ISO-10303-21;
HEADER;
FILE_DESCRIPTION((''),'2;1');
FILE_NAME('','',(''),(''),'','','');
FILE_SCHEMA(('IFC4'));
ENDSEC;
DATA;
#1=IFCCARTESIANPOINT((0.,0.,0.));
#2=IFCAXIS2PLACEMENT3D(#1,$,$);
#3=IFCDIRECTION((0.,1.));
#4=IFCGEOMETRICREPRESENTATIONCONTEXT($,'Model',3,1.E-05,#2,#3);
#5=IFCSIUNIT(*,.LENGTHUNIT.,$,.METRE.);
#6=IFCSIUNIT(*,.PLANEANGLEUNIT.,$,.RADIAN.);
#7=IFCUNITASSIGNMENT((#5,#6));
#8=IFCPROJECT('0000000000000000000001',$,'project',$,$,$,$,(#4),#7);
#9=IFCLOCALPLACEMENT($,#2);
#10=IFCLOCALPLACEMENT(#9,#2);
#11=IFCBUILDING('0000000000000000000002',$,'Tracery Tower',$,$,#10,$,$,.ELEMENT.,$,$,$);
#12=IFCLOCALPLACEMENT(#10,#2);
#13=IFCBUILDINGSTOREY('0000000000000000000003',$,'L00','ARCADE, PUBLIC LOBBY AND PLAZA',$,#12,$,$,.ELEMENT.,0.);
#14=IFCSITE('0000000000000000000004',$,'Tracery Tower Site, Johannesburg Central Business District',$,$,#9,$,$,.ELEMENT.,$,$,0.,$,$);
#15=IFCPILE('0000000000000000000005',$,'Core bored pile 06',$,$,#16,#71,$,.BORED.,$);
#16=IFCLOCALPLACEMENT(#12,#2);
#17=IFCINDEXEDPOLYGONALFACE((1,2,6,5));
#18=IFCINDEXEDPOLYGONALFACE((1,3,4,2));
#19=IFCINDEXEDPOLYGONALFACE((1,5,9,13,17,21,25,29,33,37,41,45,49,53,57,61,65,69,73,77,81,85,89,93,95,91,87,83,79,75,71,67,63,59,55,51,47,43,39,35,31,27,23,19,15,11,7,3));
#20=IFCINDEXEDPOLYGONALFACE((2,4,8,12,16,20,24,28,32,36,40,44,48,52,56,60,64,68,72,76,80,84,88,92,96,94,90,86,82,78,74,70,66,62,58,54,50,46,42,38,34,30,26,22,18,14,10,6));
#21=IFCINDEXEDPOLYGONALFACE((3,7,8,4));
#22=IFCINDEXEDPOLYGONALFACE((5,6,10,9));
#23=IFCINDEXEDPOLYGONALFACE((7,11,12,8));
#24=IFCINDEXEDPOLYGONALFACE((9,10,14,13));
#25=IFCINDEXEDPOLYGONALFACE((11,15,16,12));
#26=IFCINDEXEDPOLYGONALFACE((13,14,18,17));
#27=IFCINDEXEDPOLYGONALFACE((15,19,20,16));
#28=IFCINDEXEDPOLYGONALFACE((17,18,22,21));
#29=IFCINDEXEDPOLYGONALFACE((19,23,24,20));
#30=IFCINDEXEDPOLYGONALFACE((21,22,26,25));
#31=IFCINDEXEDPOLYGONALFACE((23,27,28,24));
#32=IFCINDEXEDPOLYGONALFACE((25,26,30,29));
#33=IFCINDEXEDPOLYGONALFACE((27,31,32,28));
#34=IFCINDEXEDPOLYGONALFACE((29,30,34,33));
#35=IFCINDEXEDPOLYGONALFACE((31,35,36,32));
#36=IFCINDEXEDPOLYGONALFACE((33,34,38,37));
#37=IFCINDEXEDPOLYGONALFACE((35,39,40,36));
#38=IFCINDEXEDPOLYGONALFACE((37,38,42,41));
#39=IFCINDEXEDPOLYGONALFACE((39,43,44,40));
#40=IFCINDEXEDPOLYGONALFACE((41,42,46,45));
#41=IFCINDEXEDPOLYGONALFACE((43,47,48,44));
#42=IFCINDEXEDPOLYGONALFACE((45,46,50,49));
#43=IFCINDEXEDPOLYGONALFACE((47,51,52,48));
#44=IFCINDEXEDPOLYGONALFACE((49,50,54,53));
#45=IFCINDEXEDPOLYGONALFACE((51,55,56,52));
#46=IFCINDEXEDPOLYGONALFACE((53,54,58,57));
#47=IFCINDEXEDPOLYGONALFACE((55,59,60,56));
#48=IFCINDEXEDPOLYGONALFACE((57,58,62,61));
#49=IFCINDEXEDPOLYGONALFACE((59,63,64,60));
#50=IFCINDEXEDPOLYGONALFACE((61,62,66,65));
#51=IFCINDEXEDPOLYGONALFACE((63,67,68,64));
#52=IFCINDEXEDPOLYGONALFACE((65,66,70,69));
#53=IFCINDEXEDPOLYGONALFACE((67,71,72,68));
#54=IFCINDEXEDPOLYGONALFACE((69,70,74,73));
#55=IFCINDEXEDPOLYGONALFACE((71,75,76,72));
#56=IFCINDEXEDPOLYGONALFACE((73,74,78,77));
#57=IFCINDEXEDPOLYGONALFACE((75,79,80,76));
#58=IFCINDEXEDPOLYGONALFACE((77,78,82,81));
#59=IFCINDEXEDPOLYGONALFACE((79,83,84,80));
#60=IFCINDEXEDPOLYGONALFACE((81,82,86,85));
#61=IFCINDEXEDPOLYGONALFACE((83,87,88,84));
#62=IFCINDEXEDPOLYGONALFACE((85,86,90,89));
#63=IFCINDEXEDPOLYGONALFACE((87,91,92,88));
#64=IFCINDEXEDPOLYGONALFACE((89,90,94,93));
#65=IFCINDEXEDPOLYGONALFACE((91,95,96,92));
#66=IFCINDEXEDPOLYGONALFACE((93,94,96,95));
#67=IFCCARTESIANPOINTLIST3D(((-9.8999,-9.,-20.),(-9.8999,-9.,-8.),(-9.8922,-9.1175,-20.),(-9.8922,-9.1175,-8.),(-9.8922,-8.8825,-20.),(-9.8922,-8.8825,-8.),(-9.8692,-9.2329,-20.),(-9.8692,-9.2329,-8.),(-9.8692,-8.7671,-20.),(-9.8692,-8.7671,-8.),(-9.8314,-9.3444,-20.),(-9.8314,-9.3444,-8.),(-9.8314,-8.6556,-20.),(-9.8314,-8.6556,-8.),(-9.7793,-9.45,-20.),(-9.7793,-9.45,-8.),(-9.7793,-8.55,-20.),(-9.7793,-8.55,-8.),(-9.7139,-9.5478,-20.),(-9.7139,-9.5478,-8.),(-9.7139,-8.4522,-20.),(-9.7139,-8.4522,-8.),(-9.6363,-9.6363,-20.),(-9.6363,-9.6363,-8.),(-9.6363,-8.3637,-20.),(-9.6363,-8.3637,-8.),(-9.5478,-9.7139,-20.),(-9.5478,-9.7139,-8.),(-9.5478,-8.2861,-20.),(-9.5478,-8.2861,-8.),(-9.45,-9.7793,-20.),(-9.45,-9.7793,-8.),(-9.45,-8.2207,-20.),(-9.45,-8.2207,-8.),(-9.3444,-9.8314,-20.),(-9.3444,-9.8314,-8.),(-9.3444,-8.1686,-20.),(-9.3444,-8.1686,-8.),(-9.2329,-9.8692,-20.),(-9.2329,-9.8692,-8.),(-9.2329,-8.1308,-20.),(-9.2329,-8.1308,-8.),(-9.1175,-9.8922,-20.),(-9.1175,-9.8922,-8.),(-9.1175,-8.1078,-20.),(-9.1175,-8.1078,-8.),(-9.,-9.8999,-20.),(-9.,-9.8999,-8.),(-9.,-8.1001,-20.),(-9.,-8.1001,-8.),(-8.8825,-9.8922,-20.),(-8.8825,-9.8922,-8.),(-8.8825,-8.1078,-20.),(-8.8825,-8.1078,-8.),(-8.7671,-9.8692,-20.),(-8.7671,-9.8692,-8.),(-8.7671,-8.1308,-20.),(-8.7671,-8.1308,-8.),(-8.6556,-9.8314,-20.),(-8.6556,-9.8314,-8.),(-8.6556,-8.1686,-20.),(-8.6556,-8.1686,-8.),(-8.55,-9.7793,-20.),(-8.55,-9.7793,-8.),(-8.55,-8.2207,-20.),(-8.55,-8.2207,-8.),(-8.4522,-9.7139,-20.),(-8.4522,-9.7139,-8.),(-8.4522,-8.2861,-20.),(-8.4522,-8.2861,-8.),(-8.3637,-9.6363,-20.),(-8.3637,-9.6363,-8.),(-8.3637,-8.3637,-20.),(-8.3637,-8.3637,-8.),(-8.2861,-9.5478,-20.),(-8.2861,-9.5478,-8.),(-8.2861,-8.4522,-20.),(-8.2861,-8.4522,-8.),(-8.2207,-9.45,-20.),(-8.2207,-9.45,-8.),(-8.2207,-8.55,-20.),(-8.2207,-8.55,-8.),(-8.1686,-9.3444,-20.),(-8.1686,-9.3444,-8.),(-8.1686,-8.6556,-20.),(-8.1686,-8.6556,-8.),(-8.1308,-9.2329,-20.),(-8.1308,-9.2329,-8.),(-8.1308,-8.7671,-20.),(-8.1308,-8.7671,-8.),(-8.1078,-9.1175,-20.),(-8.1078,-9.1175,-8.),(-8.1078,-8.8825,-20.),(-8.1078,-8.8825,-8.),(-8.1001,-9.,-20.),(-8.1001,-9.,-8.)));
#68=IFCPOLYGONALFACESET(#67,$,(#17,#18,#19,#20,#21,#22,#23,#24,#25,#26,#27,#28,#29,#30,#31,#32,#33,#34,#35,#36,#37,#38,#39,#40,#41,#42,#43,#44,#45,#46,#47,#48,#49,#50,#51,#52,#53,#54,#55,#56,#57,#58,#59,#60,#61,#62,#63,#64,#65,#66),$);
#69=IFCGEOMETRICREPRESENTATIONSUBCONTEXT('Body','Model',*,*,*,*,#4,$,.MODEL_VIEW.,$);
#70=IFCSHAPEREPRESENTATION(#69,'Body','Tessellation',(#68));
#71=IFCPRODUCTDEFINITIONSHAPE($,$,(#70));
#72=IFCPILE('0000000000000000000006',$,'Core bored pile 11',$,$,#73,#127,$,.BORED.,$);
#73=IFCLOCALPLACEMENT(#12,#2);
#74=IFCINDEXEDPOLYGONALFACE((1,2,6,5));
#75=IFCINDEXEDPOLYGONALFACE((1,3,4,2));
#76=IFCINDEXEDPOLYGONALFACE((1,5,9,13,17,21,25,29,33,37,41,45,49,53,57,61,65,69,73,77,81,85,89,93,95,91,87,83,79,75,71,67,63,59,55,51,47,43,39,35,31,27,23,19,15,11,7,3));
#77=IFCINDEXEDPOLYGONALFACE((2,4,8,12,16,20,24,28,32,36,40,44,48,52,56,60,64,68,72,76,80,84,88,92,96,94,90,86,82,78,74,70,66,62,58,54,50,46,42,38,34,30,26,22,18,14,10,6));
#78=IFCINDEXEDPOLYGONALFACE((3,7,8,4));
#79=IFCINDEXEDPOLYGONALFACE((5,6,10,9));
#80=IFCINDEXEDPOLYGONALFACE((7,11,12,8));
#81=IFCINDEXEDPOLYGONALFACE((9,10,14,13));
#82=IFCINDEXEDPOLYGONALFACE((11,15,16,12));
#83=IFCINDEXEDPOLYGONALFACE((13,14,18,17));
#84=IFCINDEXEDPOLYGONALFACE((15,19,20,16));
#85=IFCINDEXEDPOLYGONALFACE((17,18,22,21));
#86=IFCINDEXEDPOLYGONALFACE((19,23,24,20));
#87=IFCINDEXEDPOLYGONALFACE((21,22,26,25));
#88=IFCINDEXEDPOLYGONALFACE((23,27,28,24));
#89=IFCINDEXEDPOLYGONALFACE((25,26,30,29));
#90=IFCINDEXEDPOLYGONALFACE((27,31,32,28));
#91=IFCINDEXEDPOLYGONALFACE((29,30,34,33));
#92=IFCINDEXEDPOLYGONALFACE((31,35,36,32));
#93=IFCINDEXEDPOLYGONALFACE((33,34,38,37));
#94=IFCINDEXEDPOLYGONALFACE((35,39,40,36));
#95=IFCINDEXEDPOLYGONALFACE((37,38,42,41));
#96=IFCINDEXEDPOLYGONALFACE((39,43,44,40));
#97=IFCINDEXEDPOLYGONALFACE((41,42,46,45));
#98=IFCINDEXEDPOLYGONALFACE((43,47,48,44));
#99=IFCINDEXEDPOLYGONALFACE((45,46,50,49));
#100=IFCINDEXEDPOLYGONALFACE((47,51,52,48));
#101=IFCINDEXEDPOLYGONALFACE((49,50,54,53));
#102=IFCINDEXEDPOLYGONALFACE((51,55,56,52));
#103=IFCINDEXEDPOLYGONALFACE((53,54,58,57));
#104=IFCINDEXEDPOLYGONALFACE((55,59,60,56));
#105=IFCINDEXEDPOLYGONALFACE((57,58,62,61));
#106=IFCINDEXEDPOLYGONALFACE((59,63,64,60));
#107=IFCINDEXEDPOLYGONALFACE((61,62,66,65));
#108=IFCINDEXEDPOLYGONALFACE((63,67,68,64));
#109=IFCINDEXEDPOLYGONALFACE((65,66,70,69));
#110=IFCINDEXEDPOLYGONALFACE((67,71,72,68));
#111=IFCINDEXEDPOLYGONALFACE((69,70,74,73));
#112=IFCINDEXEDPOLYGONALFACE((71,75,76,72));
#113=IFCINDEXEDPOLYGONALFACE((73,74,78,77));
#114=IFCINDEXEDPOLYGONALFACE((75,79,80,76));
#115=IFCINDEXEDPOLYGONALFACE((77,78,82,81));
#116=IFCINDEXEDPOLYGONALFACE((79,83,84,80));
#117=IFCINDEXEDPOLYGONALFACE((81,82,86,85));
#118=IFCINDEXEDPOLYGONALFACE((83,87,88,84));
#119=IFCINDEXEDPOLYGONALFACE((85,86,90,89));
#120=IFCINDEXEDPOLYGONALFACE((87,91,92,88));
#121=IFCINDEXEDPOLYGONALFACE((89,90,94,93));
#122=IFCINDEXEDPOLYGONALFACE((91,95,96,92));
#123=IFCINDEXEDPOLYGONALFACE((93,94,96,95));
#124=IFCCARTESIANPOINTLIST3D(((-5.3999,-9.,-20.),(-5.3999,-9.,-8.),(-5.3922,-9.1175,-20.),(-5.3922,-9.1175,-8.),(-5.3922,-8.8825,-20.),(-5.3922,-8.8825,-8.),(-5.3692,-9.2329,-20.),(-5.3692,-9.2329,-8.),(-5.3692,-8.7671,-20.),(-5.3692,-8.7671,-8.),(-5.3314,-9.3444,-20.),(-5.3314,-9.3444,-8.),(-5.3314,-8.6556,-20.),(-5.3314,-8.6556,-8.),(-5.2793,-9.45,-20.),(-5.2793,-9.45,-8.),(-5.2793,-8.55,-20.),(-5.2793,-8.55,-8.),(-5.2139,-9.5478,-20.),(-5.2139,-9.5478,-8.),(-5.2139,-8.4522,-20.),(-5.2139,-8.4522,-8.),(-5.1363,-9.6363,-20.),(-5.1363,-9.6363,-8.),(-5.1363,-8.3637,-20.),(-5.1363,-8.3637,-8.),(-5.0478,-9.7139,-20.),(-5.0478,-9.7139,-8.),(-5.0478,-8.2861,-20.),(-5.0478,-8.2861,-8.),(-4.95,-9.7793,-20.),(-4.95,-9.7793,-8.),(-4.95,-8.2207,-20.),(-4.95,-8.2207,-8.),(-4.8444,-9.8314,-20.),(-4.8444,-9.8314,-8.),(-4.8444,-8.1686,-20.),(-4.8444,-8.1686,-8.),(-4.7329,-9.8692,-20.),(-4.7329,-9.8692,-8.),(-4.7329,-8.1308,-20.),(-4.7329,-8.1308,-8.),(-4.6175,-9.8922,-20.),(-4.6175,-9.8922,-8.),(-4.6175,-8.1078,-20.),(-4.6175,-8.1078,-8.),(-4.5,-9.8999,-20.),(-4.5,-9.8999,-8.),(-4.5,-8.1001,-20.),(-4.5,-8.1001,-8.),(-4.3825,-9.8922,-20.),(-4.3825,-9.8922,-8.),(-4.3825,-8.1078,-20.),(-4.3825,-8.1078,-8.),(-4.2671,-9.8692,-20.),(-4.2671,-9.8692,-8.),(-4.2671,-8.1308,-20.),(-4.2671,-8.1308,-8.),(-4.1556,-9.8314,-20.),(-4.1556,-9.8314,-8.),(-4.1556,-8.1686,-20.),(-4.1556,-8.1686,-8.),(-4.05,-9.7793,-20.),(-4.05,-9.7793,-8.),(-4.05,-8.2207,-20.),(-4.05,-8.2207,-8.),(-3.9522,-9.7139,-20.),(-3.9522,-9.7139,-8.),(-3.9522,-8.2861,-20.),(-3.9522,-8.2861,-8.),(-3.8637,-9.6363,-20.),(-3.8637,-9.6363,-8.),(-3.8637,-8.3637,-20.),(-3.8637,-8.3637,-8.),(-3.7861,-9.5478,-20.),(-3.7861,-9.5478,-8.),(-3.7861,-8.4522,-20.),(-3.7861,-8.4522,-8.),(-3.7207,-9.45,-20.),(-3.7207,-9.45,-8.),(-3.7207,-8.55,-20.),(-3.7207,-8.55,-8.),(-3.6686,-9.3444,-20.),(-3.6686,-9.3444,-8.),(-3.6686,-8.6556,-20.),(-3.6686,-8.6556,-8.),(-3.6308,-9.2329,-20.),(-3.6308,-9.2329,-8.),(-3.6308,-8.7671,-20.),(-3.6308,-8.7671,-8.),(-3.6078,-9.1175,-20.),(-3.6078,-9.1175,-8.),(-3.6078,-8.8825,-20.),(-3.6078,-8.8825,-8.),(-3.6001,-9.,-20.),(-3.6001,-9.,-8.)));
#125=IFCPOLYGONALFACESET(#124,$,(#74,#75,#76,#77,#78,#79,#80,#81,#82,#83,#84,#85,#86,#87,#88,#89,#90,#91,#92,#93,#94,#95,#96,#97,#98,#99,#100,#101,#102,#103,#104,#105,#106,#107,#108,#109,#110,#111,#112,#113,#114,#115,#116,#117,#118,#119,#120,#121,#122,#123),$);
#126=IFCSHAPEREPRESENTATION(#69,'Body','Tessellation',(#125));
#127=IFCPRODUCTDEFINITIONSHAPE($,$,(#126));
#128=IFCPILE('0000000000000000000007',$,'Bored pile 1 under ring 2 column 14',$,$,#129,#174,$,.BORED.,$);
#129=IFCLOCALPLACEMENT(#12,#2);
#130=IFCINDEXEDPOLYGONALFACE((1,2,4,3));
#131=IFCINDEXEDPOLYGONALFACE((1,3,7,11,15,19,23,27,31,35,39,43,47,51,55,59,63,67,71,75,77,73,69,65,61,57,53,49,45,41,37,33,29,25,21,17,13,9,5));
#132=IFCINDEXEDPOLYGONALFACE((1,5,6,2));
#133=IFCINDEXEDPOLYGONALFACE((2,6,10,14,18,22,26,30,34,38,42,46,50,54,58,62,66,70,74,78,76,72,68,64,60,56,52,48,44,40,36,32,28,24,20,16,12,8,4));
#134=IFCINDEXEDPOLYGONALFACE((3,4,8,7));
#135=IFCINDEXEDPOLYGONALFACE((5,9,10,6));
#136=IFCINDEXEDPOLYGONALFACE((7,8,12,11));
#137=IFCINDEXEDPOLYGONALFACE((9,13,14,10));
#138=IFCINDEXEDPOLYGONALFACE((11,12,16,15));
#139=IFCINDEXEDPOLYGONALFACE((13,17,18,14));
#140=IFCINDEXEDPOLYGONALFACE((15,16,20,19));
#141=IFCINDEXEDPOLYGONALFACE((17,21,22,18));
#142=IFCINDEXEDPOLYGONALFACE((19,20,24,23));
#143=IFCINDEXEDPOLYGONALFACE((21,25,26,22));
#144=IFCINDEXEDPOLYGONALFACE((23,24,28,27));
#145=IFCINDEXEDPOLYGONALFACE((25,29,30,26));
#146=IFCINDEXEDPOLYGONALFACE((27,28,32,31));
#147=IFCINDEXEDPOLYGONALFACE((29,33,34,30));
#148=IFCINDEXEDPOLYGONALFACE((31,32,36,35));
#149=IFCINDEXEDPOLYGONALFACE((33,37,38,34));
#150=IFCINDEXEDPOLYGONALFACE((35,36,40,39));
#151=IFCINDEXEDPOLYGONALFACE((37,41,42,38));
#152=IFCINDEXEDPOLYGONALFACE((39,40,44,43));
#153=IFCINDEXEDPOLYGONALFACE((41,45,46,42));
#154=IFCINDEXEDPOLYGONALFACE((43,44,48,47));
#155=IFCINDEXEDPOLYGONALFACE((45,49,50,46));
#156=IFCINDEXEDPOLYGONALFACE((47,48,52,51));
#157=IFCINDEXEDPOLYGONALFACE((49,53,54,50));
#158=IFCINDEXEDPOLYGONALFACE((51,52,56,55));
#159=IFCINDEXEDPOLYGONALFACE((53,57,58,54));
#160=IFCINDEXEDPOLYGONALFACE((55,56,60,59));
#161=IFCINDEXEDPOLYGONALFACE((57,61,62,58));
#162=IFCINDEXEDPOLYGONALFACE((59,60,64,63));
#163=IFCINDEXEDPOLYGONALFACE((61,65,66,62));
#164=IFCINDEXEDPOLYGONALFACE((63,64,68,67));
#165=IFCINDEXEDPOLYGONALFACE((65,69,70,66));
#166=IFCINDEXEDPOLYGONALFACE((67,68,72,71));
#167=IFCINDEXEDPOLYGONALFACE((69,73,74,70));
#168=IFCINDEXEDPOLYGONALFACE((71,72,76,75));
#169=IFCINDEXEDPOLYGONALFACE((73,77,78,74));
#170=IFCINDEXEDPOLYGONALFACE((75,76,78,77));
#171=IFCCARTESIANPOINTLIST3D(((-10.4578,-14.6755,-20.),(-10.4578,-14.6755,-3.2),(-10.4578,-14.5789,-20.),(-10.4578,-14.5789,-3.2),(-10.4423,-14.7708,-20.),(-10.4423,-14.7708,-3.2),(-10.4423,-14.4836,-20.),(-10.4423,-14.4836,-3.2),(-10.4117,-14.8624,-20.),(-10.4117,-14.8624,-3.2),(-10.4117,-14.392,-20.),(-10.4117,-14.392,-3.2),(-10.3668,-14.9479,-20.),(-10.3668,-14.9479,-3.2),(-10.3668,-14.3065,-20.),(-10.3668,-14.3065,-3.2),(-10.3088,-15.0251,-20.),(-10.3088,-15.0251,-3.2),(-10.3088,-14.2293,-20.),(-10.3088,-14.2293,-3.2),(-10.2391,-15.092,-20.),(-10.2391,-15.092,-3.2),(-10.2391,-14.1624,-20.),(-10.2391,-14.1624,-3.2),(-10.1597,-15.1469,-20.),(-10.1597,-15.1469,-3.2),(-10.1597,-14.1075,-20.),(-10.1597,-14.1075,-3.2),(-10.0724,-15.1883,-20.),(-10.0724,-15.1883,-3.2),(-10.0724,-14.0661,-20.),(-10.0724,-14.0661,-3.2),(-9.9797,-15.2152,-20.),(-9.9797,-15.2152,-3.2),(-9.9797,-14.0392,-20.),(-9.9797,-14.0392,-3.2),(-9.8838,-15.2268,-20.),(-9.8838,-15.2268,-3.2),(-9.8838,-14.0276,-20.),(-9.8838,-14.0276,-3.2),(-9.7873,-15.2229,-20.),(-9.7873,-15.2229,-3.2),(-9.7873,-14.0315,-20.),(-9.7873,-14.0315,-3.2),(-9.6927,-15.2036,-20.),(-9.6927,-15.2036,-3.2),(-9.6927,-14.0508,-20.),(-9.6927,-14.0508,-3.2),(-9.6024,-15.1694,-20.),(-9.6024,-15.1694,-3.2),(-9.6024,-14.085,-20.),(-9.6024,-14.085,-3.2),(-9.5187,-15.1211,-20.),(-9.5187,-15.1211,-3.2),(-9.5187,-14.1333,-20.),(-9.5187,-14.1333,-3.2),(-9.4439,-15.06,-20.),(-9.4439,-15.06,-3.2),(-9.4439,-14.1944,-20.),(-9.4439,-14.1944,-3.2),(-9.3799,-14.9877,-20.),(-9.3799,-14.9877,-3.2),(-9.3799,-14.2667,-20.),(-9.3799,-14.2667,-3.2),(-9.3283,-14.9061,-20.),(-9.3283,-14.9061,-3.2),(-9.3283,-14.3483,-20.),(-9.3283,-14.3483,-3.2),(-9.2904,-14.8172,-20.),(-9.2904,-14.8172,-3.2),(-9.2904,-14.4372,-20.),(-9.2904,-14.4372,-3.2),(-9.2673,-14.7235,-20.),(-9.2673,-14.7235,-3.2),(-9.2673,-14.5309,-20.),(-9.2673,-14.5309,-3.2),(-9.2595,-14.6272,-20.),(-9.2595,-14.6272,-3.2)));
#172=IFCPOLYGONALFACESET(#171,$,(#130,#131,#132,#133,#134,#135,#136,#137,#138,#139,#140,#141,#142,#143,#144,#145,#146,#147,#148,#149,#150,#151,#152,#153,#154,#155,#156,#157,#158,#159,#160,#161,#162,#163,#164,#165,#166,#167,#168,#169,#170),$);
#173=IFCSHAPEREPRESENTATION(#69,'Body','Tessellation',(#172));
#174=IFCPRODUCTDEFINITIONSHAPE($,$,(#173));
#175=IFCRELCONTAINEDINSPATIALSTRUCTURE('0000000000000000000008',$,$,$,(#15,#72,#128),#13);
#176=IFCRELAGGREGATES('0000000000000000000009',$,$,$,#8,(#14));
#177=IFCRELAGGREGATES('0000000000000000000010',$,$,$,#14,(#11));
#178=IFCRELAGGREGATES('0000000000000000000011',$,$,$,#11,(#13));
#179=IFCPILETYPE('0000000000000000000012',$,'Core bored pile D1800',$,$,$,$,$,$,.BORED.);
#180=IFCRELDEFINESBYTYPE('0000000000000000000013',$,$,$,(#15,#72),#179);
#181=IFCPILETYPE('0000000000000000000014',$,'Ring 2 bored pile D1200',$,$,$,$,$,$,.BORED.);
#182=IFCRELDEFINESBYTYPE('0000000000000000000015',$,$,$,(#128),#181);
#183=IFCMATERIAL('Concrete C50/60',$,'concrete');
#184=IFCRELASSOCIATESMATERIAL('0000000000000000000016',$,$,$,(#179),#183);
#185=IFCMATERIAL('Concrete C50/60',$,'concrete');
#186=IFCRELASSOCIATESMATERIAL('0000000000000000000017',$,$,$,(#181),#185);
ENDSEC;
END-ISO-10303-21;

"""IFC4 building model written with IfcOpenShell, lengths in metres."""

from ifc_helpers import new_model, si_unit, direction, frame, origin, origin_2d, place, context, subcontext, project, spatial, circle, extrude, material, material_profile, profile_set, type_object, element, save


model = new_model("IFC4")

# Units and contexts
model_context = context("Model", 3, precision=1e-05, world=origin(), true_north=direction((0.0, 1.0)))
body_context = subcontext(model_context, "Body", "Model", "MODEL_VIEW")
ifc_project = project(units=[si_unit("LENGTHUNIT", "METRE"), si_unit("PLANEANGLEUNIT", "RADIAN")], contexts=[model_context])

# Site, building, storey
site_placement = place(None, origin())
site = spatial("IfcSite", under=ifc_project, at=site_placement, Name="Tracery Tower Site, Johannesburg Central Business District", CompositionType="ELEMENT", RefElevation=0.0)
building_placement = place(site_placement, origin())
building = spatial("IfcBuilding", under=site, at=building_placement, Name="Tracery Tower", CompositionType="ELEMENT")
storey_placement = place(building_placement, origin())
storey = spatial("IfcBuildingStorey", under=building, at=storey_placement, Name="L00", Description="ARCADE, PUBLIC LOBBY AND PLAZA", CompositionType="ELEMENT", Elevation=0.0)

# Piles
ifc_material_1 = material(Name="Concrete C50/60", Category="concrete")
ifc_material_profile_1 = material_profile(ifc_material_1, circle(Radius=0.8999, at=origin_2d()), Name="RC D1800")
ifc_profile_set_1 = profile_set([ifc_material_profile_1], Name="Concrete C50/60")
pile_type_1 = type_object("IfcPileType", Name="Core bored pile D1800", PredefinedType="BORED", material=ifc_profile_set_1)
for number, where, z_axis, x_axis, name in (
    (1, (-9.0, -9.0, -8.0), (0.0, 0.0, -1.0), (1.0, 0.0, 0.0), "Core bored pile 06"),
    (2, (-4.5, -9.0, -8.0), (0.0, 0.0, -1.0), (1.0, 0.0, 0.0), "Core bored pile 11"),
):
    element("IfcPile", number, at=place(storey_placement, frame(where, z_axis=z_axis, x_axis=x_axis)), inside=storey, type_object=pile_type_1, Name=name, PredefinedType="BORED", context=body_context, shape_type="SweptSolid", body=[
        extrude(circle(Radius=0.8999, at=origin_2d()), origin(), (0.0, 0.0, 1.0), 12.0),
    ])
ifc_material_2 = material(Name="Concrete C50/60", Category="concrete")
ifc_material_profile_2 = material_profile(ifc_material_2, circle(Radius=0.6001, at=origin_2d()), Name="RC D1200")
ifc_profile_set_2 = profile_set([ifc_material_profile_2], Name="Concrete C50/60")
pile_type_2 = type_object("IfcPileType", Name="Ring 2 bored pile D1200", PredefinedType="BORED", material=ifc_profile_set_2)
for number, where, z_axis, x_axis, name in (
    (3, (-9.8596, -14.6272, -3.2), (0.0, 0.0, -1.0), (1.0, 0.0, 0.0), "Bored pile 1 under ring 2 column 14"),
):
    element("IfcPile", number, at=place(storey_placement, frame(where, z_axis=z_axis, x_axis=x_axis)), inside=storey, type_object=pile_type_2, Name=name, PredefinedType="BORED", context=body_context, shape_type="SweptSolid", body=[
        extrude(circle(Radius=0.6001, at=origin_2d()), origin(), (0.0, 0.0, 1.0), 16.8),
    ])

save(model, "model.ifc")
